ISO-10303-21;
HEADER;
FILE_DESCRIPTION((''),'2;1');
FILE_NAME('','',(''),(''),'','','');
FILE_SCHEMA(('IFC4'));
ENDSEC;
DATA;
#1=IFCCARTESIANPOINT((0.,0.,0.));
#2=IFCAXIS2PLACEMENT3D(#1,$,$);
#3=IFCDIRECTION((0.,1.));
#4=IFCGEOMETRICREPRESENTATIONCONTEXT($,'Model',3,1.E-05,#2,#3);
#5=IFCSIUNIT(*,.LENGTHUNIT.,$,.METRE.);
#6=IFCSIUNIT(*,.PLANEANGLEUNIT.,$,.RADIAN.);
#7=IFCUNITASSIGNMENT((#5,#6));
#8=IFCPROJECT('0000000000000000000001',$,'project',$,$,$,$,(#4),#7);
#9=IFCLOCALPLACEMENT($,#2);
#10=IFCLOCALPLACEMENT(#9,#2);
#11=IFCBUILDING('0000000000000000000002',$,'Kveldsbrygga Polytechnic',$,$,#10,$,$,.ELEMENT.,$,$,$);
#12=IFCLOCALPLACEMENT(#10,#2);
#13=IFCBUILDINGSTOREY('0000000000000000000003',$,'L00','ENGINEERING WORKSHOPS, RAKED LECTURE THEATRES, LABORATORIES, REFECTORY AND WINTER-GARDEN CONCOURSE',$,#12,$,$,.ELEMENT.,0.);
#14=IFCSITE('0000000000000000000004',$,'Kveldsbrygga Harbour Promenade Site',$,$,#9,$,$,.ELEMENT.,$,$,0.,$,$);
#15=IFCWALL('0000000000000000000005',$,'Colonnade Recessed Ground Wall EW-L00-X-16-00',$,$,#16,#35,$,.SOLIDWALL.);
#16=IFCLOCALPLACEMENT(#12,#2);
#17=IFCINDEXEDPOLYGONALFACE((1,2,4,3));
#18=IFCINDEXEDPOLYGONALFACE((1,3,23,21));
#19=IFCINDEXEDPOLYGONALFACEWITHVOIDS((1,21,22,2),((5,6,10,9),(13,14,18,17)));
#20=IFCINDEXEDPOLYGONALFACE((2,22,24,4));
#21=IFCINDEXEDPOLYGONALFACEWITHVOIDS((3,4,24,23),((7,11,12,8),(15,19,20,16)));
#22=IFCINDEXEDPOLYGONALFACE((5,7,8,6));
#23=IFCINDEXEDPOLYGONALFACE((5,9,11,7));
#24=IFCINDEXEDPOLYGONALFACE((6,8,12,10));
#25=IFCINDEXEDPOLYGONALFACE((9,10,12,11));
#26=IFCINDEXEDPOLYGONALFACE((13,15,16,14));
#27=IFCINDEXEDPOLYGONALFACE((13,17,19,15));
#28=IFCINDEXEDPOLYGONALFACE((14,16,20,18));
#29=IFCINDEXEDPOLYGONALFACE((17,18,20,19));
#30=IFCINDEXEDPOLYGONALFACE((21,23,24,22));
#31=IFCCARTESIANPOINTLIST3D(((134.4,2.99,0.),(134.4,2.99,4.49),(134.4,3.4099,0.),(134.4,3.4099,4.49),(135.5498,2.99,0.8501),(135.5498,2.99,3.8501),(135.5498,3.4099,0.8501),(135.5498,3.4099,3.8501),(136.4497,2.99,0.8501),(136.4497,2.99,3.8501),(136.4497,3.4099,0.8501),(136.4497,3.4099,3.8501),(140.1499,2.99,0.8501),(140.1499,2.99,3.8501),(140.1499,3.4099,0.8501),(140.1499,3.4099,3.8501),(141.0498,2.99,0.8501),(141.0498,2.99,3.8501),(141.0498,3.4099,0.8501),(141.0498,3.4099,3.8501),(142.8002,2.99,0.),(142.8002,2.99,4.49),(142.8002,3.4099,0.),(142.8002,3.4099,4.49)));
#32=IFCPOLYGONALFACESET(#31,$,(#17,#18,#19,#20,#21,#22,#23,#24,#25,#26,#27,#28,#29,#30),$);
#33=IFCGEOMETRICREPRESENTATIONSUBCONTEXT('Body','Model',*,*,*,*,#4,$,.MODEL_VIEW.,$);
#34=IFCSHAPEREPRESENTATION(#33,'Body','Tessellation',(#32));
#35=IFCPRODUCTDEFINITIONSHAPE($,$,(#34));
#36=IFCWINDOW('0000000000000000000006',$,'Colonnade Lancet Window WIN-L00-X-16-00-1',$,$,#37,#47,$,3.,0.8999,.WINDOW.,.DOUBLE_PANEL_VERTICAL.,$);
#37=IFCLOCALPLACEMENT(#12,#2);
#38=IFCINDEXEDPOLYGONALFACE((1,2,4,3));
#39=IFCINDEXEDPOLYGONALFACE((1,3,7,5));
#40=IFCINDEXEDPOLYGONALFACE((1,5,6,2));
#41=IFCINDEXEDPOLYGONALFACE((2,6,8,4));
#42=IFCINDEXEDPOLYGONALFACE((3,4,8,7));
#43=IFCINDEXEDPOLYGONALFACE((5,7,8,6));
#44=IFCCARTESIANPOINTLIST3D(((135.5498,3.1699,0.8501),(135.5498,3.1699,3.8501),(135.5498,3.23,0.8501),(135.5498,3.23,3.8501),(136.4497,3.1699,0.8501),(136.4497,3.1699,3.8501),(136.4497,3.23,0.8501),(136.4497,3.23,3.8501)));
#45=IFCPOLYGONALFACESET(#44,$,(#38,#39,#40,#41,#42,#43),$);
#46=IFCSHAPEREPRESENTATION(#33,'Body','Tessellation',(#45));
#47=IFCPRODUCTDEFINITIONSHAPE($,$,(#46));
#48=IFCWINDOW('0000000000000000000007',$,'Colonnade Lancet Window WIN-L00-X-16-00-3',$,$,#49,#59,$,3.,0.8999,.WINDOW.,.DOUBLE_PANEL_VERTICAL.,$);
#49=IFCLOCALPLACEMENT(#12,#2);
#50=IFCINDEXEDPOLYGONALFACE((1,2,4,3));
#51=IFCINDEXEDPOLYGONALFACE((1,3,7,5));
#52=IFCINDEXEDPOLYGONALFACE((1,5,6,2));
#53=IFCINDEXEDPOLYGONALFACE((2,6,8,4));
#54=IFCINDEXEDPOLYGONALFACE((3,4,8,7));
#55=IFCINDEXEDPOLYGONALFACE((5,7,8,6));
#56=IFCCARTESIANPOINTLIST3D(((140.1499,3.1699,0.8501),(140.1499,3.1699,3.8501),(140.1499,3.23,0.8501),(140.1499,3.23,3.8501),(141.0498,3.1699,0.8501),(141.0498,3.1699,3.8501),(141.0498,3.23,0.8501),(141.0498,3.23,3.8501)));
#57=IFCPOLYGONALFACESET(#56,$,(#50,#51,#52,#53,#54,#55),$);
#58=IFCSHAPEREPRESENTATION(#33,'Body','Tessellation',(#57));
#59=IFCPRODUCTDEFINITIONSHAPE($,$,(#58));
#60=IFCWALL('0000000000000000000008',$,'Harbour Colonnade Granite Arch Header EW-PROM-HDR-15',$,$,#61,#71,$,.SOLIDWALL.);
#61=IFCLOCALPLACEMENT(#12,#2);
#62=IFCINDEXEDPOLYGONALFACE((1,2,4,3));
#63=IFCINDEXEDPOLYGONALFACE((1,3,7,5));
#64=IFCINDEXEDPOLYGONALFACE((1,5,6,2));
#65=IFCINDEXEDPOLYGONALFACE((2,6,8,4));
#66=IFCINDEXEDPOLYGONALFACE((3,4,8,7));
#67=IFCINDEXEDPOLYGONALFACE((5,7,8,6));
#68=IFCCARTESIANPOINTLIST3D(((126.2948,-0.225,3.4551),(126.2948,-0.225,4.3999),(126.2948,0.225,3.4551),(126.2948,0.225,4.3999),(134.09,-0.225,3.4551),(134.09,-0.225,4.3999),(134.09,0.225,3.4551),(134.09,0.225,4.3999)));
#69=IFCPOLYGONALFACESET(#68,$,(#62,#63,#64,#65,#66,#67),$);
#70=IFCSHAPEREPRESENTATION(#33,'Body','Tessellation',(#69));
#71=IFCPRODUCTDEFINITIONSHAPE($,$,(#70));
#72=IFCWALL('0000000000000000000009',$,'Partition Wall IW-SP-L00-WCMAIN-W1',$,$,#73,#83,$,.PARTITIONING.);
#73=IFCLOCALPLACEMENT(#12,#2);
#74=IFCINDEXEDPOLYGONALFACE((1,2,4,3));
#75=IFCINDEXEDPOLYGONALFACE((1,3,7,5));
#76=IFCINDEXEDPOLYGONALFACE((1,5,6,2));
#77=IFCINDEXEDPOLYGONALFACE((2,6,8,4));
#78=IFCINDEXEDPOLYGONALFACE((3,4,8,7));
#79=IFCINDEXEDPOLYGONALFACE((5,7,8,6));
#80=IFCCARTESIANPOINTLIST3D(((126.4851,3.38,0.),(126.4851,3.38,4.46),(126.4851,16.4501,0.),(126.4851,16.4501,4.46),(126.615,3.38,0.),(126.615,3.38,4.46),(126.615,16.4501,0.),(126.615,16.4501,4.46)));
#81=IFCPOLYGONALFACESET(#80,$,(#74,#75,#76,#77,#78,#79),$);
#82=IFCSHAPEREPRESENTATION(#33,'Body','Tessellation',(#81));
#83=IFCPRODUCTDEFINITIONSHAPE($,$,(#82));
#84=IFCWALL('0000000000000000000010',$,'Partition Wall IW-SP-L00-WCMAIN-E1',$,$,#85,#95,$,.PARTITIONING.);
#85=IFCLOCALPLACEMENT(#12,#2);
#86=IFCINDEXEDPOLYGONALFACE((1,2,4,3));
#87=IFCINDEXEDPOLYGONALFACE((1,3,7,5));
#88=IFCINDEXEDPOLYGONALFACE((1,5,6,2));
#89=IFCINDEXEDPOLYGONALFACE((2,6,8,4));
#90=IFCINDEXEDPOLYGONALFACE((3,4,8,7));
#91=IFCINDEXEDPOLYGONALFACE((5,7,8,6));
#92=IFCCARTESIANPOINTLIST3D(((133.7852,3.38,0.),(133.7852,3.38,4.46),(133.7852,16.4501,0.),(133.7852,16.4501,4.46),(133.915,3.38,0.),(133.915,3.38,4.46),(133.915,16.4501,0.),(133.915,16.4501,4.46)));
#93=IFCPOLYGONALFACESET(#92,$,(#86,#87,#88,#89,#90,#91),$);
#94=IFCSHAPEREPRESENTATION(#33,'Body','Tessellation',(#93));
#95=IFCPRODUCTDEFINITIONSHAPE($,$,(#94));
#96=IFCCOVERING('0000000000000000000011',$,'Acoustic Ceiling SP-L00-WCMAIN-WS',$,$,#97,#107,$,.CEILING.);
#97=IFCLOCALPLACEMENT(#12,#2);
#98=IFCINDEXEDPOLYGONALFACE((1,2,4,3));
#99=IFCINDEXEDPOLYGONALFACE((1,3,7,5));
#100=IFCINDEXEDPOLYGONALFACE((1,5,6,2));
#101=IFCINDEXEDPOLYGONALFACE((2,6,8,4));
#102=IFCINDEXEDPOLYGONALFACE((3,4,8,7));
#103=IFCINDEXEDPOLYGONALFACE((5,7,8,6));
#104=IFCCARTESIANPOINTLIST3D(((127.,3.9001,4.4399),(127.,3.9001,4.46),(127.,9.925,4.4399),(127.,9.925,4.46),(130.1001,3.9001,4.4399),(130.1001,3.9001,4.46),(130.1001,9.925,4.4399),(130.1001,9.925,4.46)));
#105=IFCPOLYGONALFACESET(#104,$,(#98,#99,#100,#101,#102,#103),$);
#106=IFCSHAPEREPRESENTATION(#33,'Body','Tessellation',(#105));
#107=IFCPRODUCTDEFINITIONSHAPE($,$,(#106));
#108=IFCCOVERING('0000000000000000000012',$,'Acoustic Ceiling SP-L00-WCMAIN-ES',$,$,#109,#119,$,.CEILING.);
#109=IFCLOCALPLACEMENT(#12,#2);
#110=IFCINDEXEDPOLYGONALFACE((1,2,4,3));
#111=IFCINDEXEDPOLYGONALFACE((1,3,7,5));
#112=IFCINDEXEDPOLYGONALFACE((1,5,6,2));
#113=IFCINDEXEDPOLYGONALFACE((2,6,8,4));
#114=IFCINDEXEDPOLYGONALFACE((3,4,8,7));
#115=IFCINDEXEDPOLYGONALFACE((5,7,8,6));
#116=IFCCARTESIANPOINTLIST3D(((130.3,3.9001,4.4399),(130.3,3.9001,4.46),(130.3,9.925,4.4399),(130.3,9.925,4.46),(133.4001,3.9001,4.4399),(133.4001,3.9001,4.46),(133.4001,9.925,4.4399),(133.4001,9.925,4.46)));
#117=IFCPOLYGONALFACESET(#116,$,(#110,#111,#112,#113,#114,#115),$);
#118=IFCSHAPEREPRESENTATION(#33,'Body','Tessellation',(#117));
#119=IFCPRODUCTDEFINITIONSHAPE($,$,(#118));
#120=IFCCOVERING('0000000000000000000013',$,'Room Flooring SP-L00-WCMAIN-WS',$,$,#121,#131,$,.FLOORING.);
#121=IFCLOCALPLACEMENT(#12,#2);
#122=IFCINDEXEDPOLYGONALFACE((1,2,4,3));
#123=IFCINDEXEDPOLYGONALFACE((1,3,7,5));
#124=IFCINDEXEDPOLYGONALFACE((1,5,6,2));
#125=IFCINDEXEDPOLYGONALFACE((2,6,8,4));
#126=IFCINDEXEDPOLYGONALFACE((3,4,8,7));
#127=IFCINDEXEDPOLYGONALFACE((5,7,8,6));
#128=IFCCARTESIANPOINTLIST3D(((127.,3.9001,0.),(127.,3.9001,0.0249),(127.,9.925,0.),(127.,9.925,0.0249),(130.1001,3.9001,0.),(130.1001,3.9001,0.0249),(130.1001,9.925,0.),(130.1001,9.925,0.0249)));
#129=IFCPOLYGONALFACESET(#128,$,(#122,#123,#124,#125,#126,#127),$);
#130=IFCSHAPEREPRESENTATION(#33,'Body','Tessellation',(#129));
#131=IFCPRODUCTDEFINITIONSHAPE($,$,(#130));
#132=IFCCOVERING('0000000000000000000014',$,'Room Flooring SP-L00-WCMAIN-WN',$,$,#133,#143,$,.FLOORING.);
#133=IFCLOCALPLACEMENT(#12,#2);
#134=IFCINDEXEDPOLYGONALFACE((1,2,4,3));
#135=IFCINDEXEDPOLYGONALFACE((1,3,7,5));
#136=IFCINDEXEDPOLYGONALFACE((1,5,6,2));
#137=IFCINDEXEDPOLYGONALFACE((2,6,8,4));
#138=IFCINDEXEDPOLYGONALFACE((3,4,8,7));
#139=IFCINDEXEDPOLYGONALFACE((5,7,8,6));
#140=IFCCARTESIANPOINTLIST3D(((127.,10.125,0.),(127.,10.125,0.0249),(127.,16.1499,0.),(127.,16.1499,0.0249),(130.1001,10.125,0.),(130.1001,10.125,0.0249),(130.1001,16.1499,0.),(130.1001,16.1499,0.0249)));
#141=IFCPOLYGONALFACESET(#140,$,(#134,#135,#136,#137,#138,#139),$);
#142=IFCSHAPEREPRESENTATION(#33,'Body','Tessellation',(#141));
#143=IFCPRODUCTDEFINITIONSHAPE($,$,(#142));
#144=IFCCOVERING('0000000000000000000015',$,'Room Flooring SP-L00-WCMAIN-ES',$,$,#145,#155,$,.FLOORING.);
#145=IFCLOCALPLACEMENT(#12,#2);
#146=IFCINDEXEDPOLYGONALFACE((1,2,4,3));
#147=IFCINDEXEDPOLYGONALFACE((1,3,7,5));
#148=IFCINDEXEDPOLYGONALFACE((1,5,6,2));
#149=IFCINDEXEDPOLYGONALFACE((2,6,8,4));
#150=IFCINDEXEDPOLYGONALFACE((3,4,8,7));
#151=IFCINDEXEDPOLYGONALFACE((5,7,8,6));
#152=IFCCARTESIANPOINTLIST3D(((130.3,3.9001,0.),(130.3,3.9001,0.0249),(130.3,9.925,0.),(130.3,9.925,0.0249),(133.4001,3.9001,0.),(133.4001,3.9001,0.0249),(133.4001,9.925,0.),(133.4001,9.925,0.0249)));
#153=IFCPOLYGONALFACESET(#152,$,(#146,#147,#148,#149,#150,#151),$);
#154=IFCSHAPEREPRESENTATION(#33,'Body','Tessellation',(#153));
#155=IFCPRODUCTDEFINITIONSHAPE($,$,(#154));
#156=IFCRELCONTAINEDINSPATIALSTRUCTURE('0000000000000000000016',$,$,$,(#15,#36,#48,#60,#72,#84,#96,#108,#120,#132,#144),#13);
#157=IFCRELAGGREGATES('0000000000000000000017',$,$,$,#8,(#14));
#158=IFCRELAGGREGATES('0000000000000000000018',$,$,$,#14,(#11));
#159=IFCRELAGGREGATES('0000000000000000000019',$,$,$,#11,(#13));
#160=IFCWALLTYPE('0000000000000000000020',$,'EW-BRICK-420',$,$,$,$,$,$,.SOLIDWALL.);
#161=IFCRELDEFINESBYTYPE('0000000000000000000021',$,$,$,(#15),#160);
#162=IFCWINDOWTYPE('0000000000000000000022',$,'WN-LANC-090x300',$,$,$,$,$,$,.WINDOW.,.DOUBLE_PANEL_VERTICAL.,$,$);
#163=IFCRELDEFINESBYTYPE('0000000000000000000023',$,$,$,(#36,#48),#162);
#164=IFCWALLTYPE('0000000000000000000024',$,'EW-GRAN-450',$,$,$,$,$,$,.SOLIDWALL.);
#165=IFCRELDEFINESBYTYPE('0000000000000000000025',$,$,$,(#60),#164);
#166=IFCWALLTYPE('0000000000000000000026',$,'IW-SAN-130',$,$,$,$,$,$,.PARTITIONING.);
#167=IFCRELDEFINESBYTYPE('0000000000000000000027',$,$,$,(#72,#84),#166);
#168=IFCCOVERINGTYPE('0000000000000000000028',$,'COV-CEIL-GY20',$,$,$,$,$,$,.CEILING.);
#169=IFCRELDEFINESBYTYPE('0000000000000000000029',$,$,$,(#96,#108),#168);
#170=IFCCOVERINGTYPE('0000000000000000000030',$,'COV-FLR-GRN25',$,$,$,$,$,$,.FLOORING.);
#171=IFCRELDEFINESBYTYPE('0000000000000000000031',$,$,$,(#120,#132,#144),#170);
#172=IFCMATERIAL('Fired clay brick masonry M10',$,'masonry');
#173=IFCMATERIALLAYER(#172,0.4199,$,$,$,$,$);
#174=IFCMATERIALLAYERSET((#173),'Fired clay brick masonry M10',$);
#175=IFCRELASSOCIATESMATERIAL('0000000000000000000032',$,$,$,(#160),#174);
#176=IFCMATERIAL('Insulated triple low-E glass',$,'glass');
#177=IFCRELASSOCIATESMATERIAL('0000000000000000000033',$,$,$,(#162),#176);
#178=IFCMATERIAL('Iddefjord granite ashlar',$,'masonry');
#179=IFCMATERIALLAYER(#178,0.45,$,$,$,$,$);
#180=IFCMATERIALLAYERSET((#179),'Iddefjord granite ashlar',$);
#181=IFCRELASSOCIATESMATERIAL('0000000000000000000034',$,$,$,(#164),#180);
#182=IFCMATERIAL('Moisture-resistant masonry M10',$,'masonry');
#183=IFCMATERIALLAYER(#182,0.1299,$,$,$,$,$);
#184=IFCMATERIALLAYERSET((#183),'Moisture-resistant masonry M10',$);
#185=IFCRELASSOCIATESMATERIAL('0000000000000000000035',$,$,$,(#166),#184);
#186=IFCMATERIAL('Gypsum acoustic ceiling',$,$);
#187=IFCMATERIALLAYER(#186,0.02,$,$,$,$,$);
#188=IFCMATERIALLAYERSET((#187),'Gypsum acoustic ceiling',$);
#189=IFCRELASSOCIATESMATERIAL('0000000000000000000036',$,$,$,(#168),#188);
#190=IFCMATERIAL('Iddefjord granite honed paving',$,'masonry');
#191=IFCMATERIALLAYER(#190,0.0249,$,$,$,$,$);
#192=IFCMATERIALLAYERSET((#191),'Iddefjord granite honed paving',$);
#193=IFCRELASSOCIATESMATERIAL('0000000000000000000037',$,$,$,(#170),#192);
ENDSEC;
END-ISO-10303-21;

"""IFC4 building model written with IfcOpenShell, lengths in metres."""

from ifc_helpers import new_model, si_unit, direction, frame, frame_2d, origin, origin_2d, place, context, subcontext, project, spatial, rectangle, extrude, material, layer, layer_set, type_object, element, fill, save


model = new_model("IFC4")

# Units and contexts
model_context = context("Model", 3, precision=1e-05, world=origin(), true_north=direction((0.0, 1.0)))
body_context = subcontext(model_context, "Body", "Model", "MODEL_VIEW")
ifc_project = project(units=[si_unit("LENGTHUNIT", "METRE"), si_unit("PLANEANGLEUNIT", "RADIAN")], contexts=[model_context])

# Site, building, storey
site_placement = place(None, origin())
site = spatial("IfcSite", under=ifc_project, at=site_placement, Name="Kveldsbrygga Harbour Promenade Site", CompositionType="ELEMENT", RefElevation=0.0)
building_placement = place(site_placement, origin())
building = spatial("IfcBuilding", under=site, at=building_placement, Name="Kveldsbrygga Polytechnic", CompositionType="ELEMENT")
storey_placement = place(building_placement, origin())
storey = spatial("IfcBuildingStorey", under=building, at=storey_placement, Name="L00", Description="ENGINEERING WORKSHOPS, RAKED LECTURE THEATRES, LABORATORIES, REFECTORY AND WINTER-GARDEN CONCOURSE", CompositionType="ELEMENT", Elevation=0.0)

# Wall, openings, windows
ifc_material_1 = material(Name="Fired clay brick masonry M10", Category="masonry")
ifc_layer_1 = layer(ifc_material_1, 0.4199)
ifc_layer_set_1 = layer_set([ifc_layer_1], Name="Fired clay brick masonry M10")
wall_type_1 = type_object("IfcWallType", Name="EW-BRICK-420", PredefinedType="SOLIDWALL", material=ifc_layer_set_1)
wall_1_placement = place(storey_placement, frame((134.3999, 3.2, 0.0), z_axis=(0.0, 0.0, 1.0), x_axis=(1.0, 0.0, 0.0)))
wall_1 = element("IfcWall", 1, at=wall_1_placement, inside=storey, type_object=wall_type_1, Name="Colonnade Recessed Ground Wall EW-L00-X-16-00", PredefinedType="SOLIDWALL", context=body_context, shape_type="SweptSolid", body=[
    extrude(rectangle(XDim=8.4001, YDim=0.4199, at=frame_2d((4.2002, 0.0))), origin(), (0.0, 0.0, 1.0), 4.49),
])
opening_1_placement = place(wall_1_placement, frame((1.1499, 0.0, 0.8501)))
opening_1 = element("IfcOpeningElement", 2, at=opening_1_placement, cuts=wall_1, PredefinedType="OPENING", context=body_context, shape_type="SweptSolid", body=[
    extrude(rectangle(XDim=0.8999, YDim=3.0, at=frame_2d((0.45, 1.5))), frame((0.0, 0.22, 0.0), z_axis=(0.0, -1.0, 0.0), x_axis=(1.0, 0.0, 0.0)), (0.0, 0.0, 1.0), 0.4399),
])
opening_2_placement = place(wall_1_placement, frame((5.75, 0.0, 0.8501)))
opening_2 = element("IfcOpeningElement", 3, at=opening_2_placement, cuts=wall_1, PredefinedType="OPENING", context=body_context, shape_type="SweptSolid", body=[
    extrude(rectangle(XDim=0.8999, YDim=3.0, at=frame_2d((0.45, 1.5))), frame((0.0, 0.22, 0.0), z_axis=(0.0, -1.0, 0.0), x_axis=(1.0, 0.0, 0.0)), (0.0, 0.0, 1.0), 0.4399),
])
ifc_material_2 = material(Name="Insulated triple low-E glass", Category="glass")
window_type = type_object("IfcWindowType", Name="WN-LANC-090x300", PartitioningType="DOUBLE_PANEL_VERTICAL", PredefinedType="WINDOW", material=ifc_material_2)
window_1_placement = place(opening_1_placement, origin())
window_1 = element("IfcWindow", 4, at=window_1_placement, inside=storey, type_object=window_type, Name="Colonnade Lancet Window WIN-L00-X-16-00-1", OverallHeight=3.0, OverallWidth=0.8999, PartitioningType="DOUBLE_PANEL_VERTICAL", PredefinedType="WINDOW", context=body_context, shape_type="SweptSolid", body=[
    extrude(rectangle(XDim=0.8999, YDim=3.0, at=frame_2d((0.45, 1.5))), frame((0.0, 0.03, 0.0), z_axis=(0.0, -1.0, 0.0), x_axis=(1.0, 0.0, 0.0)), (0.0, 0.0, 1.0), 0.0601),
])
fill(opening_1, window_1)
window_2_placement = place(opening_2_placement, origin())
window_2 = element("IfcWindow", 5, at=window_2_placement, inside=storey, type_object=window_type, Name="Colonnade Lancet Window WIN-L00-X-16-00-3", OverallHeight=3.0, OverallWidth=0.8999, PartitioningType="DOUBLE_PANEL_VERTICAL", PredefinedType="WINDOW", context=body_context, shape_type="SweptSolid", body=[
    extrude(rectangle(XDim=0.8999, YDim=3.0, at=frame_2d((0.45, 1.5))), frame((0.0, 0.03, 0.0), z_axis=(0.0, -1.0, 0.0), x_axis=(1.0, 0.0, 0.0)), (0.0, 0.0, 1.0), 0.0601),
])
fill(opening_2, window_2)

# Walls
ifc_material_3 = material(Name="Iddefjord granite ashlar", Category="masonry")
ifc_layer_2 = layer(ifc_material_3, 0.45)
ifc_layer_set_2 = layer_set([ifc_layer_2], Name="Iddefjord granite ashlar")
wall_type_2 = type_object("IfcWallType", Name="EW-GRAN-450", PredefinedType="SOLIDWALL", material=ifc_layer_set_2)
wall_2_placement = place(storey_placement, frame((126.2949, 0.0, 3.4551), z_axis=(0.0, 0.0, 1.0), x_axis=(1.0, 0.0, 0.0)))
element("IfcWall", 6, at=wall_2_placement, inside=storey, type_object=wall_type_2, Name="Harbour Colonnade Granite Arch Header EW-PROM-HDR-15", PredefinedType="SOLIDWALL", context=body_context, shape_type="SweptSolid", body=[
    extrude(rectangle(XDim=7.7952, YDim=0.45, at=frame_2d((3.8975, 0.0))), origin(), (0.0, 0.0, 1.0), 0.9448),
])
ifc_material_4 = material(Name="Moisture-resistant masonry M10", Category="masonry")
ifc_layer_3 = layer(ifc_material_4, 0.1299)
ifc_layer_set_3 = layer_set([ifc_layer_3], Name="Moisture-resistant masonry M10")
wall_type_3 = type_object("IfcWallType", Name="IW-SAN-130", PredefinedType="PARTITIONING", material=ifc_layer_set_3)
for number, where, z_axis, x_axis, name in (
    (7, (126.55, 3.3799, 0.0), (0.0, 0.0, 1.0), (0.0, 1.0, 0.0), "Partition Wall IW-SP-L00-WCMAIN-W1"),
    (8, (133.8501, 3.3799, 0.0), (0.0, 0.0, 1.0), (0.0, 1.0, 0.0), "Partition Wall IW-SP-L00-WCMAIN-E1"),
):
    element("IfcWall", number, at=place(storey_placement, frame(where, z_axis=z_axis, x_axis=x_axis)), inside=storey, type_object=wall_type_3, Name=name, PredefinedType="PARTITIONING", context=body_context, shape_type="SweptSolid", body=[
        extrude(rectangle(XDim=13.0701, YDim=0.1299, at=frame_2d((6.5352, 0.0))), origin(), (0.0, 0.0, 1.0), 4.46),
    ])

# Coverings
ifc_material_5 = material(Name="Gypsum acoustic ceiling")
ifc_layer_4 = layer(ifc_material_5, 0.02)
ifc_layer_set_4 = layer_set([ifc_layer_4], Name="Gypsum acoustic ceiling")
covering_type_1 = type_object("IfcCoveringType", Name="COV-CEIL-GY20", PredefinedType="CEILING", material=ifc_layer_set_4)
for number, where, z_axis, x_axis, name in (
    (9, (128.55, 6.9126, 4.4399), (0.0, 0.0, 1.0), (1.0, 0.0, 0.0), "Acoustic Ceiling SP-L00-WCMAIN-WS"),
    (10, (131.8501, 6.9126, 4.4399), (0.0, 0.0, 1.0), (1.0, 0.0, 0.0), "Acoustic Ceiling SP-L00-WCMAIN-ES"),
):
    element("IfcCovering", number, at=place(storey_placement, frame(where, z_axis=z_axis, x_axis=x_axis)), inside=storey, type_object=covering_type_1, Name=name, PredefinedType="CEILING", context=body_context, shape_type="SweptSolid", body=[
        extrude(rectangle(XDim=3.1001, YDim=6.0249, at=origin_2d()), origin(), (0.0, 0.0, 1.0), 0.02),
    ])
ifc_material_6 = material(Name="Iddefjord granite honed paving", Category="masonry")
ifc_layer_5 = layer(ifc_material_6, 0.0249)
ifc_layer_set_5 = layer_set([ifc_layer_5], Name="Iddefjord granite honed paving")
covering_type_2 = type_object("IfcCoveringType", Name="COV-FLR-GRN25", PredefinedType="FLOORING", material=ifc_layer_set_5)
for number, where, z_axis, x_axis, name in (
    (11, (128.55, 6.9126, 0.0), (0.0, 0.0, 1.0), (1.0, 0.0, 0.0), "Room Flooring SP-L00-WCMAIN-WS"),
    (12, (128.55, 13.1375, 0.0), (0.0, 0.0, 1.0), (1.0, 0.0, 0.0), "Room Flooring SP-L00-WCMAIN-WN"),
    (13, (131.8501, 6.9126, 0.0), (0.0, 0.0, 1.0), (1.0, 0.0, 0.0), "Room Flooring SP-L00-WCMAIN-ES"),
):
    element("IfcCovering", number, at=place(storey_placement, frame(where, z_axis=z_axis, x_axis=x_axis)), inside=storey, type_object=covering_type_2, Name=name, PredefinedType="FLOORING", context=body_context, shape_type="SweptSolid", body=[
        extrude(rectangle(XDim=3.1001, YDim=6.0249, at=origin_2d()), origin(), (0.0, 0.0, 1.0), 0.0249),
    ])

save(model, "model.ifc")
